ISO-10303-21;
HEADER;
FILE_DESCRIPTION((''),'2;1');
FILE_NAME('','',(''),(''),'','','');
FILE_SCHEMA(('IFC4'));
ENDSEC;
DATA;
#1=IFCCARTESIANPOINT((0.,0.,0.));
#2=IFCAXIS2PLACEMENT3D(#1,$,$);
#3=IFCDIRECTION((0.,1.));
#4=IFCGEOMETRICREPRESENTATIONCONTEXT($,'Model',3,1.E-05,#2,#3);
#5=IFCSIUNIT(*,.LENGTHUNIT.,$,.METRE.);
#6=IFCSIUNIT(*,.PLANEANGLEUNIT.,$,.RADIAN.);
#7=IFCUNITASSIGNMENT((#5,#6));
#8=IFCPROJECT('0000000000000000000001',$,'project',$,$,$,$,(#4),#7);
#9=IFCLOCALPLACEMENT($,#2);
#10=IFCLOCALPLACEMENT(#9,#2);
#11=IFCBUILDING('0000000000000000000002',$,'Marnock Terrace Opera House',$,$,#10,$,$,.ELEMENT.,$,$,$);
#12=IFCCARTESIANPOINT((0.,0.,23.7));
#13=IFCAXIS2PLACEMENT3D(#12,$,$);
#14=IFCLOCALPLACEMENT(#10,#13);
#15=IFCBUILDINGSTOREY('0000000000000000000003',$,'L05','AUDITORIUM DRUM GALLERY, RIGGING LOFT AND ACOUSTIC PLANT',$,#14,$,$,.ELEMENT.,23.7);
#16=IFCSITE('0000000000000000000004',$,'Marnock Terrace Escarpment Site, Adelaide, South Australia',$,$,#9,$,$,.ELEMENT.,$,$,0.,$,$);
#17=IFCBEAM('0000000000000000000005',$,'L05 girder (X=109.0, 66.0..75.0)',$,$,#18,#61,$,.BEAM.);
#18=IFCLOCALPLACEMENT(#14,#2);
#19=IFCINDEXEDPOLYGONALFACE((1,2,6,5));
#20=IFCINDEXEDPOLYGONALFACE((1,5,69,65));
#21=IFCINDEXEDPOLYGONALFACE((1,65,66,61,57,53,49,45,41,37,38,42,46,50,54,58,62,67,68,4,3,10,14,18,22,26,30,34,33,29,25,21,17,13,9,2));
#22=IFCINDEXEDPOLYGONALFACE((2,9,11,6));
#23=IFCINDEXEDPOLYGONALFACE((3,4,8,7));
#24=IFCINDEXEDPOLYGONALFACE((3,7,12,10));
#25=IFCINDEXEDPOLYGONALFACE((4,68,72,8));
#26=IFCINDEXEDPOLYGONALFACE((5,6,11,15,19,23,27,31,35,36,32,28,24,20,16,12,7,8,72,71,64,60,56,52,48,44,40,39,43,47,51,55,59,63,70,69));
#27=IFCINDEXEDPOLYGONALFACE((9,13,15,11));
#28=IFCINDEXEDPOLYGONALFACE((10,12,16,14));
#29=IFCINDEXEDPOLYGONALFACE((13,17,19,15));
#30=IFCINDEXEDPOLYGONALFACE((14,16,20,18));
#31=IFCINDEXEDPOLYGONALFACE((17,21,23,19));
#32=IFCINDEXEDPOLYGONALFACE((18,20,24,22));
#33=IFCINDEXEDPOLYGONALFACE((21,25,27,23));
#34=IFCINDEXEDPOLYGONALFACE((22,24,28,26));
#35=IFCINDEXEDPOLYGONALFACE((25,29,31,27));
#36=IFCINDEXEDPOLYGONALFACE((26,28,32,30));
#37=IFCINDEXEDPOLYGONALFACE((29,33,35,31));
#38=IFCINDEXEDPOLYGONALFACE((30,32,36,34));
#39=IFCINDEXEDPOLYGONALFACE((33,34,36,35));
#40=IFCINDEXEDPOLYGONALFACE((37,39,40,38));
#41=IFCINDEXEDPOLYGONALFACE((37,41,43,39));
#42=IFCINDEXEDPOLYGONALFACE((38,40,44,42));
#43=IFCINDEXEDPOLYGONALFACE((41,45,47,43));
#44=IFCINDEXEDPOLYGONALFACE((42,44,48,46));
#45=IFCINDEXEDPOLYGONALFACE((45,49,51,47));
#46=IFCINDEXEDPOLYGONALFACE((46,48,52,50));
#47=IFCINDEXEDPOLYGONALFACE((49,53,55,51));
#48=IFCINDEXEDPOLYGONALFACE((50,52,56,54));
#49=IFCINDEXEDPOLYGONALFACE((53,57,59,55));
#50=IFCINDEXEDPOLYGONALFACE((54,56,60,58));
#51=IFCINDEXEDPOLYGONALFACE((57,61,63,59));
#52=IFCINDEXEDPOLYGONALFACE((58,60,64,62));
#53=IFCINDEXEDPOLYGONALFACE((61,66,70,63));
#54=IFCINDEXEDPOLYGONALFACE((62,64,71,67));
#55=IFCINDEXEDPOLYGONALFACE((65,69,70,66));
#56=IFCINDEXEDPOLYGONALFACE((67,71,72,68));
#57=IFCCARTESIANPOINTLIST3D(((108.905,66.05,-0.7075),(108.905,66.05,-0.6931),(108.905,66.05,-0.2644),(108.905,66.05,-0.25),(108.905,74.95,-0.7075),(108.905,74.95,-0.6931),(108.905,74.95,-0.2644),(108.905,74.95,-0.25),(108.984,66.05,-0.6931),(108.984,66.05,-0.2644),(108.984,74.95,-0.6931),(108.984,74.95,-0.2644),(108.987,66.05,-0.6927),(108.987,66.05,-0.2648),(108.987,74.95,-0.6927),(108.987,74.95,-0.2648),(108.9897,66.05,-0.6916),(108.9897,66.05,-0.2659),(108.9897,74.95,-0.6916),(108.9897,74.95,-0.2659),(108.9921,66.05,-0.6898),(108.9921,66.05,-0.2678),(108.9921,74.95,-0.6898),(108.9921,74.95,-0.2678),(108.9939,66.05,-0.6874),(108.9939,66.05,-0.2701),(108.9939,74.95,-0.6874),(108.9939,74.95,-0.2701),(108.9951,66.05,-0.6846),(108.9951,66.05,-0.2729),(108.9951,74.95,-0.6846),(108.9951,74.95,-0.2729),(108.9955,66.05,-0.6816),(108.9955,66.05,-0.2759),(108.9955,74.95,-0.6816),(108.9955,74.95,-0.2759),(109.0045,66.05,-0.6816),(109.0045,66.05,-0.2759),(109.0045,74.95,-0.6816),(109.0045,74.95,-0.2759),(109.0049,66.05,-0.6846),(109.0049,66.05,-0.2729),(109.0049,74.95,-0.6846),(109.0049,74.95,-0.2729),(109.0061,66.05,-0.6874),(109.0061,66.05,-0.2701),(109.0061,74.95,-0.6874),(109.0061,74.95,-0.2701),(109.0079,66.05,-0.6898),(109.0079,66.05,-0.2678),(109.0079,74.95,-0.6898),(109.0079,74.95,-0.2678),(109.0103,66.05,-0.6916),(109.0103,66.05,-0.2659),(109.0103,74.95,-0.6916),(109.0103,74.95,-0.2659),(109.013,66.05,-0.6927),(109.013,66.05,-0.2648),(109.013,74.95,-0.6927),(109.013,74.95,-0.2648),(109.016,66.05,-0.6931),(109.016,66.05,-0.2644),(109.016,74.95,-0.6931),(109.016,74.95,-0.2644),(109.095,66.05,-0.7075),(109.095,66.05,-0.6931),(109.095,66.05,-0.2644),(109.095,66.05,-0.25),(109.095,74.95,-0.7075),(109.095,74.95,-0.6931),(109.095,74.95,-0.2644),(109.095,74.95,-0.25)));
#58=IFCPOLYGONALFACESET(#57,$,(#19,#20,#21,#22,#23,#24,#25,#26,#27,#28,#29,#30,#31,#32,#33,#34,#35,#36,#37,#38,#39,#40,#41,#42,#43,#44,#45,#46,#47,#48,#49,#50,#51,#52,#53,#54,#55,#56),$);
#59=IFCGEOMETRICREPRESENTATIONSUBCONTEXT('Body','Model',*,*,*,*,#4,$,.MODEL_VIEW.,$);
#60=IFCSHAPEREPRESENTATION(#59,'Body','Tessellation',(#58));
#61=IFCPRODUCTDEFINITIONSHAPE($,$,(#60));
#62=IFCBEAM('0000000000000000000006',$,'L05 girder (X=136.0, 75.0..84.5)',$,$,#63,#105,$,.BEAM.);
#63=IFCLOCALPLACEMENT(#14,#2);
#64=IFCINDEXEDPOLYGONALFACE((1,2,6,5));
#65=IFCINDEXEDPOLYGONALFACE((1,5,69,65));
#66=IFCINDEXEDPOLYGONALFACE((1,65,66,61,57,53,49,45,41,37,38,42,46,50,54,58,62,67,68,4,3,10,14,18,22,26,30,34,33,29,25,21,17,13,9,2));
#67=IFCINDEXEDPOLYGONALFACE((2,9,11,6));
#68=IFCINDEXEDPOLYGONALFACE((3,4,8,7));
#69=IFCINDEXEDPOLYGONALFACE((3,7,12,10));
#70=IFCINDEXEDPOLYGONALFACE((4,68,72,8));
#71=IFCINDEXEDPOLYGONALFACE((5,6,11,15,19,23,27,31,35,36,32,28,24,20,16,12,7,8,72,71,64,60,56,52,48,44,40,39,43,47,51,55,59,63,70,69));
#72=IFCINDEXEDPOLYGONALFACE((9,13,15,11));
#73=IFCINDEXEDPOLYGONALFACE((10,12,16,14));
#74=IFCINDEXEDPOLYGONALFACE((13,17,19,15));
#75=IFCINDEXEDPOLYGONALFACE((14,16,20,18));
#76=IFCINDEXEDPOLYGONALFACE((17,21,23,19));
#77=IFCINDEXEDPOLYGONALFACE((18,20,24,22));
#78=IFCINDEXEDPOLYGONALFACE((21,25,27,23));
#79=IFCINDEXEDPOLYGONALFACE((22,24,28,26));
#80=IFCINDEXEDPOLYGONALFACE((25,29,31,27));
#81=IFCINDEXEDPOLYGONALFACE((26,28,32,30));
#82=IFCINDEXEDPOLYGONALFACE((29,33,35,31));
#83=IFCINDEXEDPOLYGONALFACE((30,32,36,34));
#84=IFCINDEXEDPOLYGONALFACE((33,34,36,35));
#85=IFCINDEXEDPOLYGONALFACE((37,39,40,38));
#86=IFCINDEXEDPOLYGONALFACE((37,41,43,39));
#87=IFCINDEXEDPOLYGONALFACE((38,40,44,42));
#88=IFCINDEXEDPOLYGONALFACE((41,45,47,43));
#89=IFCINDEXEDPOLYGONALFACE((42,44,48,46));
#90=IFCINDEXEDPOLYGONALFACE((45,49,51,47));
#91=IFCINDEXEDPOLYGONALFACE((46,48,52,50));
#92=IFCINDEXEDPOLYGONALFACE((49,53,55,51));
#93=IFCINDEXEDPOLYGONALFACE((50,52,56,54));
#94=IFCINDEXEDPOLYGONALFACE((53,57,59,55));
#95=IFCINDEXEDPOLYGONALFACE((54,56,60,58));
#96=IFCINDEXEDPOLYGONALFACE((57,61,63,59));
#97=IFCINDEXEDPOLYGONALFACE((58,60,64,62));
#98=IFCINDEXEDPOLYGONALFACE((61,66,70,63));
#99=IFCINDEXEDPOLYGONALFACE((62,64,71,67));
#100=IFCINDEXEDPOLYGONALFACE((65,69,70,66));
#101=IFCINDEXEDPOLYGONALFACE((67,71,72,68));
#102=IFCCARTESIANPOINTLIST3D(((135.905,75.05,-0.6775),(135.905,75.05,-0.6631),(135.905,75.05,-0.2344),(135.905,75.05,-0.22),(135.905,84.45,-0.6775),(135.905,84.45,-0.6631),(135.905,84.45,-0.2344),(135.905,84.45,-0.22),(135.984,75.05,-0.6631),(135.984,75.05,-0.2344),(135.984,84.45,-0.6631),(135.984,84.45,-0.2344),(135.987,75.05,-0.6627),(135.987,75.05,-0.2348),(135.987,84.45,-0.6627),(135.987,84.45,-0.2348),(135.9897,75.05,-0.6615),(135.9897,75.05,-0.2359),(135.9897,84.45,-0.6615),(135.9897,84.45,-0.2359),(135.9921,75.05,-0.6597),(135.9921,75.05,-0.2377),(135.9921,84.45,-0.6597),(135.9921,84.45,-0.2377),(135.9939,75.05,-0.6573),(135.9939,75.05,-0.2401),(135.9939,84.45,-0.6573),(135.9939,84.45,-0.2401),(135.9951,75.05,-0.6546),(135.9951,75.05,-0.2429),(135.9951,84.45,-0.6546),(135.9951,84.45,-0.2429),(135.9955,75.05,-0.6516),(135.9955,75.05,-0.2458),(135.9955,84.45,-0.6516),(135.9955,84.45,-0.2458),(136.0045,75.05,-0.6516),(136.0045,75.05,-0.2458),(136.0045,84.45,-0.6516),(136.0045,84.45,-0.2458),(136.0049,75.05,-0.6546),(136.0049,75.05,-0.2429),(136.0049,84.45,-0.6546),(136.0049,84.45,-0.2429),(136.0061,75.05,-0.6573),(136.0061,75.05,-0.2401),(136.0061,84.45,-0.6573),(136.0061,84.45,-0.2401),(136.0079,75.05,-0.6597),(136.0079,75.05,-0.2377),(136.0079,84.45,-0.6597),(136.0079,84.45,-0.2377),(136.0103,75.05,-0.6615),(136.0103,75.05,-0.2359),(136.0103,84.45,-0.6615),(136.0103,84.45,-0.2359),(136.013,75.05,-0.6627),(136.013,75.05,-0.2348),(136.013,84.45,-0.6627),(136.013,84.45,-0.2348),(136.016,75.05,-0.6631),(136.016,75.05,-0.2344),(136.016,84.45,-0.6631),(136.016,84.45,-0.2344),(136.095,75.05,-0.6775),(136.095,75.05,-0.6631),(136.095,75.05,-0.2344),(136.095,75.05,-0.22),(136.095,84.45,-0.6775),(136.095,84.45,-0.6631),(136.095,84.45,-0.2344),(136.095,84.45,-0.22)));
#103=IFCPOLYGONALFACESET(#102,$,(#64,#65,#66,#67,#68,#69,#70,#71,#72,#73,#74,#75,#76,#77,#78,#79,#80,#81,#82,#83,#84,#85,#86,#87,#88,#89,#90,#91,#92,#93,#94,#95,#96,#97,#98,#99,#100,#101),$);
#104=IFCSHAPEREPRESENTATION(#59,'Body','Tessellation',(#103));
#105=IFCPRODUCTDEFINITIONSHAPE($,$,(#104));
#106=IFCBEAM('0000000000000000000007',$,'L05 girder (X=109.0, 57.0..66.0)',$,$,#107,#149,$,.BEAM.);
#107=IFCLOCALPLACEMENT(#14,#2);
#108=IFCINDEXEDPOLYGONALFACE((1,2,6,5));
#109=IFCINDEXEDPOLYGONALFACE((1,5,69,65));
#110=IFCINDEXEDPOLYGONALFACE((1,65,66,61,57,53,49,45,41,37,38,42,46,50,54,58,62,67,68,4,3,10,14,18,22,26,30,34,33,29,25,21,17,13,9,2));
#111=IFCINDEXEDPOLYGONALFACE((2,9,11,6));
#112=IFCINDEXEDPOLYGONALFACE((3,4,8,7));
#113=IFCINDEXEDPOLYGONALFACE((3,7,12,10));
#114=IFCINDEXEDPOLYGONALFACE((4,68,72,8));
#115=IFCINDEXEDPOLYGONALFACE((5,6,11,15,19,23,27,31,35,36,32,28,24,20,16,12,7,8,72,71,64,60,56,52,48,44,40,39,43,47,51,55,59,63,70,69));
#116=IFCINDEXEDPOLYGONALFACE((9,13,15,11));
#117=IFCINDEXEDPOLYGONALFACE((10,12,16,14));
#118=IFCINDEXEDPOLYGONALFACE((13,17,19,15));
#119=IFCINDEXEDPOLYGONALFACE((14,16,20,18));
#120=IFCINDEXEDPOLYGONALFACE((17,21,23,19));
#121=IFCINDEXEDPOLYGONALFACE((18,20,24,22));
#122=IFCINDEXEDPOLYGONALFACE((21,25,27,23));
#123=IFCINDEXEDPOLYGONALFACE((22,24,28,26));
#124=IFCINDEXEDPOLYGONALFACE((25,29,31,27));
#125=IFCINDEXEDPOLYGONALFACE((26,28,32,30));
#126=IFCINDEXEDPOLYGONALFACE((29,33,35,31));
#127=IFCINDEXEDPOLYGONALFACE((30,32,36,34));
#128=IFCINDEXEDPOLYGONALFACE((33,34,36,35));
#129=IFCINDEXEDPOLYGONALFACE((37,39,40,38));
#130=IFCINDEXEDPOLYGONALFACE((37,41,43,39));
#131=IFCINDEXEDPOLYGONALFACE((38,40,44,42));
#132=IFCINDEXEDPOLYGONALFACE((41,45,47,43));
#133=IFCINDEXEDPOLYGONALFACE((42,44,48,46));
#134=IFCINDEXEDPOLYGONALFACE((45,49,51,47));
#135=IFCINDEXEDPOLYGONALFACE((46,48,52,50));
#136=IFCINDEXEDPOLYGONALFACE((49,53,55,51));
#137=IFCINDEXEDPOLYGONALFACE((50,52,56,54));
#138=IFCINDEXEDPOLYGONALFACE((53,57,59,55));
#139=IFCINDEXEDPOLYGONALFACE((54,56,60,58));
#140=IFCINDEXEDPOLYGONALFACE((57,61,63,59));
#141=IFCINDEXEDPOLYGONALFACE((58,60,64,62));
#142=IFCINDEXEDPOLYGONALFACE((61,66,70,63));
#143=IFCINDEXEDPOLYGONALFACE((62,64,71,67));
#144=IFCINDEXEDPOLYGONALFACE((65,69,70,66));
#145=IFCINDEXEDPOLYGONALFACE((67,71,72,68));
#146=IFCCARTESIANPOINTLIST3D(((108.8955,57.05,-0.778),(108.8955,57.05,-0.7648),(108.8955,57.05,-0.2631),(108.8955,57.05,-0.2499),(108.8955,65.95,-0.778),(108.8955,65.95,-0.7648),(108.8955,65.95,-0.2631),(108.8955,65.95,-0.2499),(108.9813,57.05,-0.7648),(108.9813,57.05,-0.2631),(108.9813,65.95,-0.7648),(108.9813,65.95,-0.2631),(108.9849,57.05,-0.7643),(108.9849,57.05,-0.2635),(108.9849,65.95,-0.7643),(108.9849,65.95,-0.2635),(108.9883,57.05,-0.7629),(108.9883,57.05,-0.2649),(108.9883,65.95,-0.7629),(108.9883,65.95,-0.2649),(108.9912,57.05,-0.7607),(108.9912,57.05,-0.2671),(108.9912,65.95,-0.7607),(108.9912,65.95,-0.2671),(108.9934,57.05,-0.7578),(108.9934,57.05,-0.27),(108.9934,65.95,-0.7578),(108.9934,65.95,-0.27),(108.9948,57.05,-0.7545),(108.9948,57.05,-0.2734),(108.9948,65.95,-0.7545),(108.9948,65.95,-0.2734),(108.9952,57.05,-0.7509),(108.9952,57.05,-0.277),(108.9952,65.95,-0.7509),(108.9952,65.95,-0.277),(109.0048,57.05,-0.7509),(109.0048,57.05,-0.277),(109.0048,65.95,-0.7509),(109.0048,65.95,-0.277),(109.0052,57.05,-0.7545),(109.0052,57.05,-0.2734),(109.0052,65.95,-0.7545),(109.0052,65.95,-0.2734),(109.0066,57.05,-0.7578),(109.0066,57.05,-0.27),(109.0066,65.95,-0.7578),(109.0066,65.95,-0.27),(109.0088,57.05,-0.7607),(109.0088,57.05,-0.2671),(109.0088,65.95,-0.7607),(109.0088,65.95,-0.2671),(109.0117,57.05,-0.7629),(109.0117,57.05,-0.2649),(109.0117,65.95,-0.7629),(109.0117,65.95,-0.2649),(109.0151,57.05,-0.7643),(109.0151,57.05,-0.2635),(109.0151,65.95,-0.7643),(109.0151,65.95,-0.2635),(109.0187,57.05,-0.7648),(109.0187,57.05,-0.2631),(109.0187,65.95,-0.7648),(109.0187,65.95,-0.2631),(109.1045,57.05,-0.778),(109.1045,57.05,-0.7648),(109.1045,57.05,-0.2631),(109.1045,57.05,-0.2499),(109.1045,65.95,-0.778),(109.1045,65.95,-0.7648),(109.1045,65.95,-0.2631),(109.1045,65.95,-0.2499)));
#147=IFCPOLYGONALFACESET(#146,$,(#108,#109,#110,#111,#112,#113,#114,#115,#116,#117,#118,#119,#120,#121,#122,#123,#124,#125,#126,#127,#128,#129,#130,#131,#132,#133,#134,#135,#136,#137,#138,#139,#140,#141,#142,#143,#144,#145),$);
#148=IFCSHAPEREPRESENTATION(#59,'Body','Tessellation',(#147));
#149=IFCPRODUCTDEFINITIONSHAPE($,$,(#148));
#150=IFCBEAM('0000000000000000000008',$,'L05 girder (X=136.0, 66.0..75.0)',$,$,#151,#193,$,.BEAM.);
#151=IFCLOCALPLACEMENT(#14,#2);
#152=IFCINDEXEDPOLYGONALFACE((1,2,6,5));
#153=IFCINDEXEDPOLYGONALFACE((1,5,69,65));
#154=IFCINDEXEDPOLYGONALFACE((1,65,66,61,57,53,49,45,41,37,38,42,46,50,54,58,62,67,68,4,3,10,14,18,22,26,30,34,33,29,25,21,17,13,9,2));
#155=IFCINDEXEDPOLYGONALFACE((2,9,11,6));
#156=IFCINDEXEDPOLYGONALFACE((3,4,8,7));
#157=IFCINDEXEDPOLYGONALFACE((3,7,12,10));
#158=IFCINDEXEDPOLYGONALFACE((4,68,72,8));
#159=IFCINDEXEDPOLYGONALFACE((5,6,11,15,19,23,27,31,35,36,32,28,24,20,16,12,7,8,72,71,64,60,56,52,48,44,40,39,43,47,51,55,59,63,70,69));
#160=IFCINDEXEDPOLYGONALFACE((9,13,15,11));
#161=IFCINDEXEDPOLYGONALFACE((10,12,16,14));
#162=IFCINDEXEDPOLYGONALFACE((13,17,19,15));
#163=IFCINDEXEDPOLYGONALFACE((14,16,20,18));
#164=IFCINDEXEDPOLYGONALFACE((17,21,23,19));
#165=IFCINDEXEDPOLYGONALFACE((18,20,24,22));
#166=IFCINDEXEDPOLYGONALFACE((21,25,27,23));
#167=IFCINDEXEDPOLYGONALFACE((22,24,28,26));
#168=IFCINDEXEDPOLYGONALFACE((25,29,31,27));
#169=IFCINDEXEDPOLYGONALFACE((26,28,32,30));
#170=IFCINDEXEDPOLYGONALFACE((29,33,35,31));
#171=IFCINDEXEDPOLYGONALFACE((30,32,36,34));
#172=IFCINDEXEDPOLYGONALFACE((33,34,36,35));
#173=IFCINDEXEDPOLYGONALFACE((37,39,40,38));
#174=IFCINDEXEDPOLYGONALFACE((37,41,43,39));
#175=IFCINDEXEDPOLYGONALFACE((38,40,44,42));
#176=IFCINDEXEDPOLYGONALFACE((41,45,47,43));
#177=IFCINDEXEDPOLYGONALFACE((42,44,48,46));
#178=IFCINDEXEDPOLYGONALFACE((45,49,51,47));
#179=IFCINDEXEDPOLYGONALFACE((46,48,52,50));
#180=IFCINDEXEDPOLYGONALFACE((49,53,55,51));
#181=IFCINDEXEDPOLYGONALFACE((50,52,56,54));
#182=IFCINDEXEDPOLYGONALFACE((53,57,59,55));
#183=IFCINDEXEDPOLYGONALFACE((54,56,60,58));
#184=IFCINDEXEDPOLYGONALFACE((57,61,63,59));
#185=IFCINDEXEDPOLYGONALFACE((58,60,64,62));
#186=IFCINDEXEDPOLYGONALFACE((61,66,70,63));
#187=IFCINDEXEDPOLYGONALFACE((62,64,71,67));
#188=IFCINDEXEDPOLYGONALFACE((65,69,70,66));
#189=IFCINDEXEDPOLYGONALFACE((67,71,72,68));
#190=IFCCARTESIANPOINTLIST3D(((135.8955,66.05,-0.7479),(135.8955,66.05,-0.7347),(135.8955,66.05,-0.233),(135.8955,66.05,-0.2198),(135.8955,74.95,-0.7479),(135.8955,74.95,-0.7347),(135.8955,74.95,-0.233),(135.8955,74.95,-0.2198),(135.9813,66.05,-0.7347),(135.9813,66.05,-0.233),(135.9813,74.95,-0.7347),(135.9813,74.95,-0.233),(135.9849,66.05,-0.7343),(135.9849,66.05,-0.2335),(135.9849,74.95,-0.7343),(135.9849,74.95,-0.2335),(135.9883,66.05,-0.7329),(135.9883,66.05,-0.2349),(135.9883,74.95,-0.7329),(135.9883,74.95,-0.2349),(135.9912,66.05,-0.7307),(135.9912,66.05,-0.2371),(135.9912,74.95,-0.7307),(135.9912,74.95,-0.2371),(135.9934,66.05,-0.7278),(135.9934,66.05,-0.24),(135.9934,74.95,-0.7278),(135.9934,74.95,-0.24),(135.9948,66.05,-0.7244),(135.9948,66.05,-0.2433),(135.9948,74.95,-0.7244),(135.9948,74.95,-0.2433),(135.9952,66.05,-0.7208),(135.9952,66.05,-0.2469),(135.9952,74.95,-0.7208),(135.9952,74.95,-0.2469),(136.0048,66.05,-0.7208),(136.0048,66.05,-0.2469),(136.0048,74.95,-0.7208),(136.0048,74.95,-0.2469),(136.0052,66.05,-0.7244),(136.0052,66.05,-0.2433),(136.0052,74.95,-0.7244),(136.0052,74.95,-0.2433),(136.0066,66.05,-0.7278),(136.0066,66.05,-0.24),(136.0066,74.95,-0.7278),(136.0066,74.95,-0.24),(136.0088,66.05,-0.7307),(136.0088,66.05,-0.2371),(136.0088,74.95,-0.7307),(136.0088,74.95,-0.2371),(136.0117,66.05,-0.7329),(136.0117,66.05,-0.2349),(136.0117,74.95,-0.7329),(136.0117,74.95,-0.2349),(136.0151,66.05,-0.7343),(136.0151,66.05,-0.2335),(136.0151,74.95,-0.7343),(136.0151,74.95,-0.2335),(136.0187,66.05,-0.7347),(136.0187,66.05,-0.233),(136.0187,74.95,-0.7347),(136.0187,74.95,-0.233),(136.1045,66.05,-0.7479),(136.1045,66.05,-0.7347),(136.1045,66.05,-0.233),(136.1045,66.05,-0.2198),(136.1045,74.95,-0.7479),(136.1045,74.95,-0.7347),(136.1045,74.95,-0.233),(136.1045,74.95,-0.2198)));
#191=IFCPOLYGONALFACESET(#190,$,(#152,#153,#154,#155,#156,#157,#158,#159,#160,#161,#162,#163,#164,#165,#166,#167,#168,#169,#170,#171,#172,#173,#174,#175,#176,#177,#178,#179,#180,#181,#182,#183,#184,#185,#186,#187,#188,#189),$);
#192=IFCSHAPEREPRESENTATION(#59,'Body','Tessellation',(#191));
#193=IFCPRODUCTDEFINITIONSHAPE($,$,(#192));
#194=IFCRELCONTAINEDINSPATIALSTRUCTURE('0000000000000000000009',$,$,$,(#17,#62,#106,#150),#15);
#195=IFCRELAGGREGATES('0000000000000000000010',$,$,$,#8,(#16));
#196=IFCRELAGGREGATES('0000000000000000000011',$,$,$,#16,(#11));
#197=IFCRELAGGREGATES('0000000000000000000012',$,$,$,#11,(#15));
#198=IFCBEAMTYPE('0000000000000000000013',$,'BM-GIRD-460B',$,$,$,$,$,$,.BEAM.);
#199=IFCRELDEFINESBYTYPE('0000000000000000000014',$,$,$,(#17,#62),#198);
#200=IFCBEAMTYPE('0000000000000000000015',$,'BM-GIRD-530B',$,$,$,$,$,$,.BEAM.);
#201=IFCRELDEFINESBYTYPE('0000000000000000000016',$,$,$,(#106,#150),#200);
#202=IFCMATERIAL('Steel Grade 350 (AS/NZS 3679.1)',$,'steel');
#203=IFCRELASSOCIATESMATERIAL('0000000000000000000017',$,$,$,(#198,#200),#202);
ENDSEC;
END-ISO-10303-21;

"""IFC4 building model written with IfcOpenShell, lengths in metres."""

from ifc_helpers import new_model, si_unit, direction, frame, origin, origin_2d, place, context, subcontext, project, spatial, i_section, extrude, material, material_profile, profile_set, type_object, element, save


model = new_model("IFC4")

# Units and contexts
model_context = context("Model", 3, precision=1e-05, world=origin(), true_north=direction((0.0, 1.0)))
body_context = subcontext(model_context, "Body", "Model", "MODEL_VIEW")
ifc_project = project(units=[si_unit("LENGTHUNIT", "METRE"), si_unit("PLANEANGLEUNIT", "RADIAN")], contexts=[model_context])

# Site, building, storey
site_placement = place(None, origin())
site = spatial("IfcSite", under=ifc_project, at=site_placement, Name="Marnock Terrace Escarpment Site, Adelaide, South Australia", CompositionType="ELEMENT", RefElevation=0.0)
building_placement = place(site_placement, origin())
building = spatial("IfcBuilding", under=site, at=building_placement, Name="Marnock Terrace Opera House", CompositionType="ELEMENT")
storey_placement = place(building_placement, frame((0.0, 0.0, 23.7)))
storey = spatial("IfcBuildingStorey", under=building, at=storey_placement, Name="L05", Description="AUDITORIUM DRUM GALLERY, RIGGING LOFT AND ACOUSTIC PLANT", CompositionType="ELEMENT", Elevation=23.7)

# Beams
ifc_material_1 = material(Name="Steel Grade 350 (AS/NZS 3679.1)", Category="steel")
ifc_material_profile_1 = material_profile(ifc_material_1, i_section(OverallWidth=0.1899, OverallDepth=0.4575, WebThickness=0.009, FlangeThickness=0.0144, FilletRadius=0.0115, at=origin_2d()))
ifc_profile_set_1 = profile_set([ifc_material_profile_1], Name="Steel Grade 350 (AS/NZS 3679.1)")
beam_type_1 = type_object("IfcBeamType", Name="BM-GIRD-460B", PredefinedType="BEAM", material=ifc_profile_set_1)
beam_1_placement = place(storey_placement, frame((109.0, 66.05, -0.4788), z_axis=(0.0, 1.0, 0.0), x_axis=(-1.0, 0.0, 0.0)))
element("IfcBeam", 1, at=beam_1_placement, inside=storey, type_object=beam_type_1, Name="L05 girder (X=109.0, 66.0..75.0)", PredefinedType="BEAM", context=body_context, shape_type="SweptSolid", body=[
    extrude(i_section(OverallWidth=0.1899, OverallDepth=0.4575, WebThickness=0.009, FlangeThickness=0.0144, FilletRadius=0.0115, at=origin_2d()), origin(), (0.0, 0.0, 1.0), 8.8999),
])
beam_2_placement = place(storey_placement, frame((136.0, 75.05, -0.4487), z_axis=(0.0, 1.0, 0.0), x_axis=(-1.0, 0.0, 0.0)))
element("IfcBeam", 2, at=beam_2_placement, inside=storey, type_object=beam_type_1, Name="L05 girder (X=136.0, 75.0..84.5)", PredefinedType="BEAM", context=body_context, shape_type="SweptSolid", body=[
    extrude(i_section(OverallWidth=0.1899, OverallDepth=0.4575, WebThickness=0.009, FlangeThickness=0.0144, FilletRadius=0.0115, at=origin_2d()), origin(), (0.0, 0.0, 1.0), 9.3999),
])
ifc_material_profile_2 = material_profile(ifc_material_1, i_section(OverallWidth=0.209, OverallDepth=0.5281, WebThickness=0.0095, FlangeThickness=0.0132, FilletRadius=0.0139, at=origin_2d()))
ifc_profile_set_2 = profile_set([ifc_material_profile_2], Name="Steel Grade 350 (AS/NZS 3679.1)")
beam_type_2 = type_object("IfcBeamType", Name="BM-GIRD-530B", PredefinedType="BEAM", material=ifc_profile_set_2)
for number, where, z_axis, x_axis, name in (
    (3, (109.0, 57.05, -0.5139), (0.0, 1.0, 0.0), (-1.0, 0.0, 0.0), "L05 girder (X=109.0, 57.0..66.0)"),
    (4, (136.0, 66.05, -0.4839), (0.0, 1.0, 0.0), (-1.0, 0.0, 0.0), "L05 girder (X=136.0, 66.0..75.0)"),
):
    element("IfcBeam", number, at=place(storey_placement, frame(where, z_axis=z_axis, x_axis=x_axis)), inside=storey, type_object=beam_type_2, Name=name, PredefinedType="BEAM", context=body_context, shape_type="SweptSolid", body=[
        extrude(i_section(OverallWidth=0.209, OverallDepth=0.5281, WebThickness=0.0095, FlangeThickness=0.0132, FilletRadius=0.0139, at=origin_2d()), origin(), (0.0, 0.0, 1.0), 8.8999),
    ])

save(model, "model.ifc")
